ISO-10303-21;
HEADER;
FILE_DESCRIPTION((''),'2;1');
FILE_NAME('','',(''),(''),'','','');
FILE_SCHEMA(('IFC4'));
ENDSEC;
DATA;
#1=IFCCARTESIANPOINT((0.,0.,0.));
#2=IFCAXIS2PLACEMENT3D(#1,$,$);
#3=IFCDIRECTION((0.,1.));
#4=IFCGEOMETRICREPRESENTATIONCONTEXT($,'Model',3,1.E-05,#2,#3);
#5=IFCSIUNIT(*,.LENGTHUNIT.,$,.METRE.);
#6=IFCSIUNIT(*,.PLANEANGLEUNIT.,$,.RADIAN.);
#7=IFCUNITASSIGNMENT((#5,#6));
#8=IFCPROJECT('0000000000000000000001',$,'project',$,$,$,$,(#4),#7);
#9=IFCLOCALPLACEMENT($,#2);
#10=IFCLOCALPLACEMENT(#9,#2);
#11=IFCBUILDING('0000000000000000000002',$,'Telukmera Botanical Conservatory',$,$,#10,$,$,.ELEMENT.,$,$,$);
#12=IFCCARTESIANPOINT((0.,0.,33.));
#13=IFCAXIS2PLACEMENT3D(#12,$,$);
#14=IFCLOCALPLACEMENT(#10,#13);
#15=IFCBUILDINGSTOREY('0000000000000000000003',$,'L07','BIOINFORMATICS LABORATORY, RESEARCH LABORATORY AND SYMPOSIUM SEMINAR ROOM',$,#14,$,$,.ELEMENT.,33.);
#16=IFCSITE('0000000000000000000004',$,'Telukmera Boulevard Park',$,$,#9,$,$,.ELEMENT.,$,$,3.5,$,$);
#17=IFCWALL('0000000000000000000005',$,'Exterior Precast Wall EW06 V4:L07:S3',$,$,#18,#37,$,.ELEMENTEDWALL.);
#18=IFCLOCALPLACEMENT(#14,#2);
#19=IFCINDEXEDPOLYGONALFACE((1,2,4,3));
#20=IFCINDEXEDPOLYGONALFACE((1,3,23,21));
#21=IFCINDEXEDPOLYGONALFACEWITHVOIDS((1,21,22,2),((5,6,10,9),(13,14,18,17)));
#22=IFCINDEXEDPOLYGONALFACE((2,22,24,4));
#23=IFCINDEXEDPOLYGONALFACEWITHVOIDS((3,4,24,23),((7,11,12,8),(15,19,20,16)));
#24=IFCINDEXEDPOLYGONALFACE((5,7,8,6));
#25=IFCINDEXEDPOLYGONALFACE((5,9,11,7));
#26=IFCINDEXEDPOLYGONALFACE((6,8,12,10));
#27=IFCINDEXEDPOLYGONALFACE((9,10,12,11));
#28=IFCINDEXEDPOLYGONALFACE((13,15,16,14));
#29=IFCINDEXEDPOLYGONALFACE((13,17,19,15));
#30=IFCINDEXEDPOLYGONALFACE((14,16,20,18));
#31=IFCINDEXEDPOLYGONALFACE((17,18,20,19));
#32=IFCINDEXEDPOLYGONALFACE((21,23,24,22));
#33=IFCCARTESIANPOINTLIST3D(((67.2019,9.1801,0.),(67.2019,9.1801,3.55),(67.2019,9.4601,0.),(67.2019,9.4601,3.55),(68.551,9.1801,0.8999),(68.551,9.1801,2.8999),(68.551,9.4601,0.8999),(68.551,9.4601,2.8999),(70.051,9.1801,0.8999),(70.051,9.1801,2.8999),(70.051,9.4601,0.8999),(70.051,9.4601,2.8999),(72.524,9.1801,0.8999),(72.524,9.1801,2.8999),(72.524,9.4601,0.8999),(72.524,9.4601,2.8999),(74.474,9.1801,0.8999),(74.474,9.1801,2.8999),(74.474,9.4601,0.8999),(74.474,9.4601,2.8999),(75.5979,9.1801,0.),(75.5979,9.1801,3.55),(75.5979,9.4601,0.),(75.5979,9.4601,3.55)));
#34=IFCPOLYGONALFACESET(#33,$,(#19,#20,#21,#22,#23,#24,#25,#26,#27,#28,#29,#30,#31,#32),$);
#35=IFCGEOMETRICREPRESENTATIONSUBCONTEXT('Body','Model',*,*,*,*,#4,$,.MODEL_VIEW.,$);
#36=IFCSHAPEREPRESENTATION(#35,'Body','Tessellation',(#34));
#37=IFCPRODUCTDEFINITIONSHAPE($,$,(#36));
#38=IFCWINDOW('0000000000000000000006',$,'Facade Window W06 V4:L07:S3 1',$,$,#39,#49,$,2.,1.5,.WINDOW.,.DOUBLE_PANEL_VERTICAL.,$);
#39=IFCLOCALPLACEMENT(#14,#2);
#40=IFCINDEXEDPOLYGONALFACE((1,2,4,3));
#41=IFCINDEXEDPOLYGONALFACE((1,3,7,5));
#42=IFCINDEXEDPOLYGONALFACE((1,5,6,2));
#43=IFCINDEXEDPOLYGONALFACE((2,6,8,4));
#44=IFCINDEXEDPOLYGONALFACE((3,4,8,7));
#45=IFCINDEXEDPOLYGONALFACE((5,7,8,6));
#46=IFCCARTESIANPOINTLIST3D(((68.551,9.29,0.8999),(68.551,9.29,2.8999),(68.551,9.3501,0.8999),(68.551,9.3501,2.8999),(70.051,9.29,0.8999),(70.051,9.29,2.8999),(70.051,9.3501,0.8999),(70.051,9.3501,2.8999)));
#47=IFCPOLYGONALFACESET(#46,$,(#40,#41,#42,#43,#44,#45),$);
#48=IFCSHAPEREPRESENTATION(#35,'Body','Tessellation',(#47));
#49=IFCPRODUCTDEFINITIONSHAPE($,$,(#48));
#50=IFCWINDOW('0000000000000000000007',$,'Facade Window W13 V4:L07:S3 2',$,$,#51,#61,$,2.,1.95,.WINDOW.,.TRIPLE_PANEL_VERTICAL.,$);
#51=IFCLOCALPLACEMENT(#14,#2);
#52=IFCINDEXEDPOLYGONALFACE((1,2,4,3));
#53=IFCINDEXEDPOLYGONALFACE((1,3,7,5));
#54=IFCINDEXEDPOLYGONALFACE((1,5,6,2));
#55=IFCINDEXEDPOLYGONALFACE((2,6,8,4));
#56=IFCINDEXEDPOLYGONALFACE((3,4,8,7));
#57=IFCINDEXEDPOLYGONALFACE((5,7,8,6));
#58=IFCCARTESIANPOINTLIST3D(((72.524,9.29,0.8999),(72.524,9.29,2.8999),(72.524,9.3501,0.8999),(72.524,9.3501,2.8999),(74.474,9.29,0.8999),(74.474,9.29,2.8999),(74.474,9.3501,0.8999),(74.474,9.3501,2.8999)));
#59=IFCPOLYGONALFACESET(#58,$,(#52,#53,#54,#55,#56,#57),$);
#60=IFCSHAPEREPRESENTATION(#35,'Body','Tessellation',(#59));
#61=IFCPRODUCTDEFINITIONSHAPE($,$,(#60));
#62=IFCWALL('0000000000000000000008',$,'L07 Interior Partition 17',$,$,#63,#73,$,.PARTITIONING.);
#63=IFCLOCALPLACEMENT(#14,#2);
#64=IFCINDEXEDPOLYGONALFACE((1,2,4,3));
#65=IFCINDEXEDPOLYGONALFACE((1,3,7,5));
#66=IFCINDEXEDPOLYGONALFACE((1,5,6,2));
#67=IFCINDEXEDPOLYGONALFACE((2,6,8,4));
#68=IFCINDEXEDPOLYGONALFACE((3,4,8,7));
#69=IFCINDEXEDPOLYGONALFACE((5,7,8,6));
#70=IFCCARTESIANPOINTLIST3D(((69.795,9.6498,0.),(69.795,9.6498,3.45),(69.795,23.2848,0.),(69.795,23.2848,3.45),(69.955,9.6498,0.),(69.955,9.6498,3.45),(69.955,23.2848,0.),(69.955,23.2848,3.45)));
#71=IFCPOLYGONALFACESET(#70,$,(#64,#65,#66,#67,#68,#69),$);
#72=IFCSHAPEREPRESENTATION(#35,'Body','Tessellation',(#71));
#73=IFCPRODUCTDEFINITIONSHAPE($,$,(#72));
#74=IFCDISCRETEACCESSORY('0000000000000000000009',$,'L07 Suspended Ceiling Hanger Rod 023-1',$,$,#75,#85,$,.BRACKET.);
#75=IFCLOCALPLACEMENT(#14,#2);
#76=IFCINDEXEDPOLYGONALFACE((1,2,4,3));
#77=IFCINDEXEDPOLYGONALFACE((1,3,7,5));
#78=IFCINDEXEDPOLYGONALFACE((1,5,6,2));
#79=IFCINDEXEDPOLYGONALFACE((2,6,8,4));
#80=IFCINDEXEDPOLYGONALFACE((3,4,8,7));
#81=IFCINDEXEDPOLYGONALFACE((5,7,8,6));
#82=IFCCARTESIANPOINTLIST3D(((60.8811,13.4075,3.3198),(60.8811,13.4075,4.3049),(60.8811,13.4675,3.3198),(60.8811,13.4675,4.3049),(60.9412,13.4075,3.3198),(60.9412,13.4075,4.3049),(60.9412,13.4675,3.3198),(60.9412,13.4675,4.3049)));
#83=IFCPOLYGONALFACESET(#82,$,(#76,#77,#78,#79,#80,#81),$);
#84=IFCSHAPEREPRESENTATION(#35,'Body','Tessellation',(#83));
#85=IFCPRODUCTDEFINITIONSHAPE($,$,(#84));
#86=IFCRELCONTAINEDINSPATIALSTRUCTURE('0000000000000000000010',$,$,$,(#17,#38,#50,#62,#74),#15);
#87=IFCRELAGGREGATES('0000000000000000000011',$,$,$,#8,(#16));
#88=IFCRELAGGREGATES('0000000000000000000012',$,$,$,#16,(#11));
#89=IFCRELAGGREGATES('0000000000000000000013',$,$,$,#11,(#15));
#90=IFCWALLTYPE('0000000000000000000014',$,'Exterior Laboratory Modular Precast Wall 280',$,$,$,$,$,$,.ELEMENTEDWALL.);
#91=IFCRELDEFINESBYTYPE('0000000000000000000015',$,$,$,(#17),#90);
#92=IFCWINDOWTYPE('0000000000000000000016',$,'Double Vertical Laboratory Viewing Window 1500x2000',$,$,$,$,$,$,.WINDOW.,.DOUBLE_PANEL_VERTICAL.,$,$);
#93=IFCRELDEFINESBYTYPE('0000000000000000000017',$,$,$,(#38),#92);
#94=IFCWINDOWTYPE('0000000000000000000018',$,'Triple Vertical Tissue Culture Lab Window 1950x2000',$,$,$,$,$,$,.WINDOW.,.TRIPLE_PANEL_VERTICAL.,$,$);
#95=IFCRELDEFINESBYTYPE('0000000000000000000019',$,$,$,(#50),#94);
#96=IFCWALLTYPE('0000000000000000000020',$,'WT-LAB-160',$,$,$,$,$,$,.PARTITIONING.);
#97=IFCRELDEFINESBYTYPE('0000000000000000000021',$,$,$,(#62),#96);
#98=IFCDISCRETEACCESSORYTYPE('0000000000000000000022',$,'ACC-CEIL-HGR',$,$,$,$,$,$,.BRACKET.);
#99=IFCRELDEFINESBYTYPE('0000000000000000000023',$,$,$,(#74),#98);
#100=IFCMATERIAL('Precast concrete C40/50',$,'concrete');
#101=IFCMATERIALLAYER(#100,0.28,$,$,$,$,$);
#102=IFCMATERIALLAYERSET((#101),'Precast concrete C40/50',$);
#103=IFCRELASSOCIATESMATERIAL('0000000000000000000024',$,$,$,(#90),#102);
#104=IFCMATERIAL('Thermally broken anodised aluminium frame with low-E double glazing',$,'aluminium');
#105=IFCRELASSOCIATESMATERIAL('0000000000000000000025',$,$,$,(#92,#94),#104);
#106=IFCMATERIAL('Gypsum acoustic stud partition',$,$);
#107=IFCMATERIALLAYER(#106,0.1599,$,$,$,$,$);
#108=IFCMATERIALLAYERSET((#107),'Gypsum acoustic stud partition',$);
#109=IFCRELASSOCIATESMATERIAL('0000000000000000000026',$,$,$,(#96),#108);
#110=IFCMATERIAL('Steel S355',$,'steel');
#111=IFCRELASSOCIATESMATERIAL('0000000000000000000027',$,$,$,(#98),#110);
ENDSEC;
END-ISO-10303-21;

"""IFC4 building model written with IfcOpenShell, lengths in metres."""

from ifc_helpers import new_model, si_unit, direction, frame, frame_2d, origin, origin_2d, place, context, subcontext, project, spatial, rectangle, extrude, material, layer, layer_set, type_object, element, fill, save


model = new_model("IFC4")

# Units and contexts
model_context = context("Model", 3, precision=1e-05, world=origin(), true_north=direction((0.0, 1.0)))
body_context = subcontext(model_context, "Body", "Model", "MODEL_VIEW")
ifc_project = project(units=[si_unit("LENGTHUNIT", "METRE"), si_unit("PLANEANGLEUNIT", "RADIAN")], contexts=[model_context])

# Site, building, storey
site_placement = place(None, origin())
site = spatial("IfcSite", under=ifc_project, at=site_placement, Name="Telukmera Boulevard Park", CompositionType="ELEMENT", RefElevation=3.5)
building_placement = place(site_placement, origin())
building = spatial("IfcBuilding", under=site, at=building_placement, Name="Telukmera Botanical Conservatory", CompositionType="ELEMENT")
storey_placement = place(building_placement, frame((0.0, 0.0, 33.0)))
storey = spatial("IfcBuildingStorey", under=building, at=storey_placement, Name="L07", Description="BIOINFORMATICS LABORATORY, RESEARCH LABORATORY AND SYMPOSIUM SEMINAR ROOM", CompositionType="ELEMENT", Elevation=33.0)

# Shared definitions
ifc_material_1 = material(Name="Precast concrete C40/50", Category="concrete")

# Wall, openings, windows
ifc_layer_1 = layer(ifc_material_1, 0.28)
ifc_layer_set_1 = layer_set([ifc_layer_1], Name="Precast concrete C40/50")
wall_type_1 = type_object("IfcWallType", Name="Exterior Laboratory Modular Precast Wall 280", PredefinedType="ELEMENTEDWALL", material=ifc_layer_set_1)
wall_1_placement = place(storey_placement, frame((67.2019, 9.3201, 0.0), z_axis=(0.0, 0.0, 1.0), x_axis=(1.0, 0.0, 0.0)))
wall_1 = element("IfcWall", 1, at=wall_1_placement, inside=storey, type_object=wall_type_1, Name="Exterior Precast Wall EW06 V4:L07:S3", PredefinedType="ELEMENTEDWALL", context=body_context, shape_type="SweptSolid", body=[
    extrude(rectangle(XDim=8.396, YDim=0.28, at=frame_2d((4.198, 0.0))), origin(), (0.0, 0.0, 1.0), 3.55),
])
opening_1_placement = place(wall_1_placement, frame((1.3491, 0.0, 0.8999)))
opening_1 = element("IfcOpeningElement", 2, at=opening_1_placement, cuts=wall_1, PredefinedType="OPENING", context=body_context, shape_type="SweptSolid", body=[
    extrude(rectangle(XDim=1.5, YDim=2.0, at=frame_2d((0.75, 1.0))), frame((0.0, 0.1499, 0.0), z_axis=(0.0, -1.0, 0.0), x_axis=(1.0, 0.0, 0.0)), (0.0, 0.0, 1.0), 0.3),
])
opening_2_placement = place(wall_1_placement, frame((5.322, 0.0, 0.8999)))
opening_2 = element("IfcOpeningElement", 3, at=opening_2_placement, cuts=wall_1, PredefinedType="OPENING", context=body_context, shape_type="SweptSolid", body=[
    extrude(rectangle(XDim=1.95, YDim=2.0, at=frame_2d((0.9751, 1.0))), frame((0.0, 0.1499, 0.0), z_axis=(0.0, -1.0, 0.0), x_axis=(1.0, 0.0, 0.0)), (0.0, 0.0, 1.0), 0.3),
])
ifc_material_2 = material(Name="Thermally broken anodised aluminium frame with low-E double glazing", Category="aluminium")
window_type_1 = type_object("IfcWindowType", Name="Double Vertical Laboratory Viewing Window 1500x2000", PartitioningType="DOUBLE_PANEL_VERTICAL", PredefinedType="WINDOW", material=ifc_material_2)
window_1_placement = place(opening_1_placement, origin())
window_1 = element("IfcWindow", 4, at=window_1_placement, inside=storey, type_object=window_type_1, Name="Facade Window W06 V4:L07:S3 1", OverallHeight=2.0, OverallWidth=1.5, PartitioningType="DOUBLE_PANEL_VERTICAL", PredefinedType="WINDOW", context=body_context, shape_type="SweptSolid", body=[
    extrude(rectangle(XDim=1.5, YDim=2.0, at=frame_2d((0.75, 1.0))), frame((0.0, 0.03, 0.0), z_axis=(0.0, -1.0, 0.0), x_axis=(1.0, 0.0, 0.0)), (0.0, 0.0, 1.0), 0.0601),
])
fill(opening_1, window_1)
window_type_2 = type_object("IfcWindowType", Name="Triple Vertical Tissue Culture Lab Window 1950x2000", PartitioningType="TRIPLE_PANEL_VERTICAL", PredefinedType="WINDOW", material=ifc_material_2)
window_2_placement = place(opening_2_placement, origin())
window_2 = element("IfcWindow", 5, at=window_2_placement, inside=storey, type_object=window_type_2, Name="Facade Window W13 V4:L07:S3 2", OverallHeight=2.0, OverallWidth=1.95, PartitioningType="TRIPLE_PANEL_VERTICAL", PredefinedType="WINDOW", context=body_context, shape_type="SweptSolid", body=[
    extrude(rectangle(XDim=1.95, YDim=2.0, at=frame_2d((0.9751, 1.0))), frame((0.0, 0.03, 0.0), z_axis=(0.0, -1.0, 0.0), x_axis=(1.0, 0.0, 0.0)), (0.0, 0.0, 1.0), 0.0601),
])
fill(opening_2, window_2)

# Wall
ifc_material_3 = material(Name="Gypsum acoustic stud partition")
ifc_layer_2 = layer(ifc_material_3, 0.1599)
ifc_layer_set_2 = layer_set([ifc_layer_2], Name="Gypsum acoustic stud partition")
wall_type_2 = type_object("IfcWallType", Name="WT-LAB-160", PredefinedType="PARTITIONING", material=ifc_layer_set_2)
wall_2_placement = place(storey_placement, frame((69.875, 9.6499, 0.0), z_axis=(0.0, 0.0, 1.0), x_axis=(0.0, 1.0, 0.0)))
element("IfcWall", 6, at=wall_2_placement, inside=storey, type_object=wall_type_2, Name="L07 Interior Partition 17", PredefinedType="PARTITIONING", context=body_context, shape_type="SweptSolid", body=[
    extrude(rectangle(XDim=13.635, YDim=0.1599, at=frame_2d((6.8174, 0.0))), origin(), (0.0, 0.0, 1.0), 3.45),
])

# Discrete accessory
ifc_material_4 = material(Name="Steel S355", Category="steel")
discrete_accessory_type = type_object("IfcDiscreteAccessoryType", Name="ACC-CEIL-HGR", PredefinedType="BRACKET", material=ifc_material_4)
discrete_accessory_placement = place(storey_placement, frame((60.9111, 13.4375, 3.3198), z_axis=(0.0, 0.0, 1.0), x_axis=(1.0, 0.0, 0.0)))
element("IfcDiscreteAccessory", 7, at=discrete_accessory_placement, inside=storey, type_object=discrete_accessory_type, Name="L07 Suspended Ceiling Hanger Rod 023-1", PredefinedType="BRACKET", context=body_context, shape_type="SweptSolid", body=[
    extrude(rectangle(XDim=0.0601, YDim=0.0601, at=origin_2d()), origin(), (0.0, 0.0, 1.0), 0.9851),
])

save(model, "model.ifc")
